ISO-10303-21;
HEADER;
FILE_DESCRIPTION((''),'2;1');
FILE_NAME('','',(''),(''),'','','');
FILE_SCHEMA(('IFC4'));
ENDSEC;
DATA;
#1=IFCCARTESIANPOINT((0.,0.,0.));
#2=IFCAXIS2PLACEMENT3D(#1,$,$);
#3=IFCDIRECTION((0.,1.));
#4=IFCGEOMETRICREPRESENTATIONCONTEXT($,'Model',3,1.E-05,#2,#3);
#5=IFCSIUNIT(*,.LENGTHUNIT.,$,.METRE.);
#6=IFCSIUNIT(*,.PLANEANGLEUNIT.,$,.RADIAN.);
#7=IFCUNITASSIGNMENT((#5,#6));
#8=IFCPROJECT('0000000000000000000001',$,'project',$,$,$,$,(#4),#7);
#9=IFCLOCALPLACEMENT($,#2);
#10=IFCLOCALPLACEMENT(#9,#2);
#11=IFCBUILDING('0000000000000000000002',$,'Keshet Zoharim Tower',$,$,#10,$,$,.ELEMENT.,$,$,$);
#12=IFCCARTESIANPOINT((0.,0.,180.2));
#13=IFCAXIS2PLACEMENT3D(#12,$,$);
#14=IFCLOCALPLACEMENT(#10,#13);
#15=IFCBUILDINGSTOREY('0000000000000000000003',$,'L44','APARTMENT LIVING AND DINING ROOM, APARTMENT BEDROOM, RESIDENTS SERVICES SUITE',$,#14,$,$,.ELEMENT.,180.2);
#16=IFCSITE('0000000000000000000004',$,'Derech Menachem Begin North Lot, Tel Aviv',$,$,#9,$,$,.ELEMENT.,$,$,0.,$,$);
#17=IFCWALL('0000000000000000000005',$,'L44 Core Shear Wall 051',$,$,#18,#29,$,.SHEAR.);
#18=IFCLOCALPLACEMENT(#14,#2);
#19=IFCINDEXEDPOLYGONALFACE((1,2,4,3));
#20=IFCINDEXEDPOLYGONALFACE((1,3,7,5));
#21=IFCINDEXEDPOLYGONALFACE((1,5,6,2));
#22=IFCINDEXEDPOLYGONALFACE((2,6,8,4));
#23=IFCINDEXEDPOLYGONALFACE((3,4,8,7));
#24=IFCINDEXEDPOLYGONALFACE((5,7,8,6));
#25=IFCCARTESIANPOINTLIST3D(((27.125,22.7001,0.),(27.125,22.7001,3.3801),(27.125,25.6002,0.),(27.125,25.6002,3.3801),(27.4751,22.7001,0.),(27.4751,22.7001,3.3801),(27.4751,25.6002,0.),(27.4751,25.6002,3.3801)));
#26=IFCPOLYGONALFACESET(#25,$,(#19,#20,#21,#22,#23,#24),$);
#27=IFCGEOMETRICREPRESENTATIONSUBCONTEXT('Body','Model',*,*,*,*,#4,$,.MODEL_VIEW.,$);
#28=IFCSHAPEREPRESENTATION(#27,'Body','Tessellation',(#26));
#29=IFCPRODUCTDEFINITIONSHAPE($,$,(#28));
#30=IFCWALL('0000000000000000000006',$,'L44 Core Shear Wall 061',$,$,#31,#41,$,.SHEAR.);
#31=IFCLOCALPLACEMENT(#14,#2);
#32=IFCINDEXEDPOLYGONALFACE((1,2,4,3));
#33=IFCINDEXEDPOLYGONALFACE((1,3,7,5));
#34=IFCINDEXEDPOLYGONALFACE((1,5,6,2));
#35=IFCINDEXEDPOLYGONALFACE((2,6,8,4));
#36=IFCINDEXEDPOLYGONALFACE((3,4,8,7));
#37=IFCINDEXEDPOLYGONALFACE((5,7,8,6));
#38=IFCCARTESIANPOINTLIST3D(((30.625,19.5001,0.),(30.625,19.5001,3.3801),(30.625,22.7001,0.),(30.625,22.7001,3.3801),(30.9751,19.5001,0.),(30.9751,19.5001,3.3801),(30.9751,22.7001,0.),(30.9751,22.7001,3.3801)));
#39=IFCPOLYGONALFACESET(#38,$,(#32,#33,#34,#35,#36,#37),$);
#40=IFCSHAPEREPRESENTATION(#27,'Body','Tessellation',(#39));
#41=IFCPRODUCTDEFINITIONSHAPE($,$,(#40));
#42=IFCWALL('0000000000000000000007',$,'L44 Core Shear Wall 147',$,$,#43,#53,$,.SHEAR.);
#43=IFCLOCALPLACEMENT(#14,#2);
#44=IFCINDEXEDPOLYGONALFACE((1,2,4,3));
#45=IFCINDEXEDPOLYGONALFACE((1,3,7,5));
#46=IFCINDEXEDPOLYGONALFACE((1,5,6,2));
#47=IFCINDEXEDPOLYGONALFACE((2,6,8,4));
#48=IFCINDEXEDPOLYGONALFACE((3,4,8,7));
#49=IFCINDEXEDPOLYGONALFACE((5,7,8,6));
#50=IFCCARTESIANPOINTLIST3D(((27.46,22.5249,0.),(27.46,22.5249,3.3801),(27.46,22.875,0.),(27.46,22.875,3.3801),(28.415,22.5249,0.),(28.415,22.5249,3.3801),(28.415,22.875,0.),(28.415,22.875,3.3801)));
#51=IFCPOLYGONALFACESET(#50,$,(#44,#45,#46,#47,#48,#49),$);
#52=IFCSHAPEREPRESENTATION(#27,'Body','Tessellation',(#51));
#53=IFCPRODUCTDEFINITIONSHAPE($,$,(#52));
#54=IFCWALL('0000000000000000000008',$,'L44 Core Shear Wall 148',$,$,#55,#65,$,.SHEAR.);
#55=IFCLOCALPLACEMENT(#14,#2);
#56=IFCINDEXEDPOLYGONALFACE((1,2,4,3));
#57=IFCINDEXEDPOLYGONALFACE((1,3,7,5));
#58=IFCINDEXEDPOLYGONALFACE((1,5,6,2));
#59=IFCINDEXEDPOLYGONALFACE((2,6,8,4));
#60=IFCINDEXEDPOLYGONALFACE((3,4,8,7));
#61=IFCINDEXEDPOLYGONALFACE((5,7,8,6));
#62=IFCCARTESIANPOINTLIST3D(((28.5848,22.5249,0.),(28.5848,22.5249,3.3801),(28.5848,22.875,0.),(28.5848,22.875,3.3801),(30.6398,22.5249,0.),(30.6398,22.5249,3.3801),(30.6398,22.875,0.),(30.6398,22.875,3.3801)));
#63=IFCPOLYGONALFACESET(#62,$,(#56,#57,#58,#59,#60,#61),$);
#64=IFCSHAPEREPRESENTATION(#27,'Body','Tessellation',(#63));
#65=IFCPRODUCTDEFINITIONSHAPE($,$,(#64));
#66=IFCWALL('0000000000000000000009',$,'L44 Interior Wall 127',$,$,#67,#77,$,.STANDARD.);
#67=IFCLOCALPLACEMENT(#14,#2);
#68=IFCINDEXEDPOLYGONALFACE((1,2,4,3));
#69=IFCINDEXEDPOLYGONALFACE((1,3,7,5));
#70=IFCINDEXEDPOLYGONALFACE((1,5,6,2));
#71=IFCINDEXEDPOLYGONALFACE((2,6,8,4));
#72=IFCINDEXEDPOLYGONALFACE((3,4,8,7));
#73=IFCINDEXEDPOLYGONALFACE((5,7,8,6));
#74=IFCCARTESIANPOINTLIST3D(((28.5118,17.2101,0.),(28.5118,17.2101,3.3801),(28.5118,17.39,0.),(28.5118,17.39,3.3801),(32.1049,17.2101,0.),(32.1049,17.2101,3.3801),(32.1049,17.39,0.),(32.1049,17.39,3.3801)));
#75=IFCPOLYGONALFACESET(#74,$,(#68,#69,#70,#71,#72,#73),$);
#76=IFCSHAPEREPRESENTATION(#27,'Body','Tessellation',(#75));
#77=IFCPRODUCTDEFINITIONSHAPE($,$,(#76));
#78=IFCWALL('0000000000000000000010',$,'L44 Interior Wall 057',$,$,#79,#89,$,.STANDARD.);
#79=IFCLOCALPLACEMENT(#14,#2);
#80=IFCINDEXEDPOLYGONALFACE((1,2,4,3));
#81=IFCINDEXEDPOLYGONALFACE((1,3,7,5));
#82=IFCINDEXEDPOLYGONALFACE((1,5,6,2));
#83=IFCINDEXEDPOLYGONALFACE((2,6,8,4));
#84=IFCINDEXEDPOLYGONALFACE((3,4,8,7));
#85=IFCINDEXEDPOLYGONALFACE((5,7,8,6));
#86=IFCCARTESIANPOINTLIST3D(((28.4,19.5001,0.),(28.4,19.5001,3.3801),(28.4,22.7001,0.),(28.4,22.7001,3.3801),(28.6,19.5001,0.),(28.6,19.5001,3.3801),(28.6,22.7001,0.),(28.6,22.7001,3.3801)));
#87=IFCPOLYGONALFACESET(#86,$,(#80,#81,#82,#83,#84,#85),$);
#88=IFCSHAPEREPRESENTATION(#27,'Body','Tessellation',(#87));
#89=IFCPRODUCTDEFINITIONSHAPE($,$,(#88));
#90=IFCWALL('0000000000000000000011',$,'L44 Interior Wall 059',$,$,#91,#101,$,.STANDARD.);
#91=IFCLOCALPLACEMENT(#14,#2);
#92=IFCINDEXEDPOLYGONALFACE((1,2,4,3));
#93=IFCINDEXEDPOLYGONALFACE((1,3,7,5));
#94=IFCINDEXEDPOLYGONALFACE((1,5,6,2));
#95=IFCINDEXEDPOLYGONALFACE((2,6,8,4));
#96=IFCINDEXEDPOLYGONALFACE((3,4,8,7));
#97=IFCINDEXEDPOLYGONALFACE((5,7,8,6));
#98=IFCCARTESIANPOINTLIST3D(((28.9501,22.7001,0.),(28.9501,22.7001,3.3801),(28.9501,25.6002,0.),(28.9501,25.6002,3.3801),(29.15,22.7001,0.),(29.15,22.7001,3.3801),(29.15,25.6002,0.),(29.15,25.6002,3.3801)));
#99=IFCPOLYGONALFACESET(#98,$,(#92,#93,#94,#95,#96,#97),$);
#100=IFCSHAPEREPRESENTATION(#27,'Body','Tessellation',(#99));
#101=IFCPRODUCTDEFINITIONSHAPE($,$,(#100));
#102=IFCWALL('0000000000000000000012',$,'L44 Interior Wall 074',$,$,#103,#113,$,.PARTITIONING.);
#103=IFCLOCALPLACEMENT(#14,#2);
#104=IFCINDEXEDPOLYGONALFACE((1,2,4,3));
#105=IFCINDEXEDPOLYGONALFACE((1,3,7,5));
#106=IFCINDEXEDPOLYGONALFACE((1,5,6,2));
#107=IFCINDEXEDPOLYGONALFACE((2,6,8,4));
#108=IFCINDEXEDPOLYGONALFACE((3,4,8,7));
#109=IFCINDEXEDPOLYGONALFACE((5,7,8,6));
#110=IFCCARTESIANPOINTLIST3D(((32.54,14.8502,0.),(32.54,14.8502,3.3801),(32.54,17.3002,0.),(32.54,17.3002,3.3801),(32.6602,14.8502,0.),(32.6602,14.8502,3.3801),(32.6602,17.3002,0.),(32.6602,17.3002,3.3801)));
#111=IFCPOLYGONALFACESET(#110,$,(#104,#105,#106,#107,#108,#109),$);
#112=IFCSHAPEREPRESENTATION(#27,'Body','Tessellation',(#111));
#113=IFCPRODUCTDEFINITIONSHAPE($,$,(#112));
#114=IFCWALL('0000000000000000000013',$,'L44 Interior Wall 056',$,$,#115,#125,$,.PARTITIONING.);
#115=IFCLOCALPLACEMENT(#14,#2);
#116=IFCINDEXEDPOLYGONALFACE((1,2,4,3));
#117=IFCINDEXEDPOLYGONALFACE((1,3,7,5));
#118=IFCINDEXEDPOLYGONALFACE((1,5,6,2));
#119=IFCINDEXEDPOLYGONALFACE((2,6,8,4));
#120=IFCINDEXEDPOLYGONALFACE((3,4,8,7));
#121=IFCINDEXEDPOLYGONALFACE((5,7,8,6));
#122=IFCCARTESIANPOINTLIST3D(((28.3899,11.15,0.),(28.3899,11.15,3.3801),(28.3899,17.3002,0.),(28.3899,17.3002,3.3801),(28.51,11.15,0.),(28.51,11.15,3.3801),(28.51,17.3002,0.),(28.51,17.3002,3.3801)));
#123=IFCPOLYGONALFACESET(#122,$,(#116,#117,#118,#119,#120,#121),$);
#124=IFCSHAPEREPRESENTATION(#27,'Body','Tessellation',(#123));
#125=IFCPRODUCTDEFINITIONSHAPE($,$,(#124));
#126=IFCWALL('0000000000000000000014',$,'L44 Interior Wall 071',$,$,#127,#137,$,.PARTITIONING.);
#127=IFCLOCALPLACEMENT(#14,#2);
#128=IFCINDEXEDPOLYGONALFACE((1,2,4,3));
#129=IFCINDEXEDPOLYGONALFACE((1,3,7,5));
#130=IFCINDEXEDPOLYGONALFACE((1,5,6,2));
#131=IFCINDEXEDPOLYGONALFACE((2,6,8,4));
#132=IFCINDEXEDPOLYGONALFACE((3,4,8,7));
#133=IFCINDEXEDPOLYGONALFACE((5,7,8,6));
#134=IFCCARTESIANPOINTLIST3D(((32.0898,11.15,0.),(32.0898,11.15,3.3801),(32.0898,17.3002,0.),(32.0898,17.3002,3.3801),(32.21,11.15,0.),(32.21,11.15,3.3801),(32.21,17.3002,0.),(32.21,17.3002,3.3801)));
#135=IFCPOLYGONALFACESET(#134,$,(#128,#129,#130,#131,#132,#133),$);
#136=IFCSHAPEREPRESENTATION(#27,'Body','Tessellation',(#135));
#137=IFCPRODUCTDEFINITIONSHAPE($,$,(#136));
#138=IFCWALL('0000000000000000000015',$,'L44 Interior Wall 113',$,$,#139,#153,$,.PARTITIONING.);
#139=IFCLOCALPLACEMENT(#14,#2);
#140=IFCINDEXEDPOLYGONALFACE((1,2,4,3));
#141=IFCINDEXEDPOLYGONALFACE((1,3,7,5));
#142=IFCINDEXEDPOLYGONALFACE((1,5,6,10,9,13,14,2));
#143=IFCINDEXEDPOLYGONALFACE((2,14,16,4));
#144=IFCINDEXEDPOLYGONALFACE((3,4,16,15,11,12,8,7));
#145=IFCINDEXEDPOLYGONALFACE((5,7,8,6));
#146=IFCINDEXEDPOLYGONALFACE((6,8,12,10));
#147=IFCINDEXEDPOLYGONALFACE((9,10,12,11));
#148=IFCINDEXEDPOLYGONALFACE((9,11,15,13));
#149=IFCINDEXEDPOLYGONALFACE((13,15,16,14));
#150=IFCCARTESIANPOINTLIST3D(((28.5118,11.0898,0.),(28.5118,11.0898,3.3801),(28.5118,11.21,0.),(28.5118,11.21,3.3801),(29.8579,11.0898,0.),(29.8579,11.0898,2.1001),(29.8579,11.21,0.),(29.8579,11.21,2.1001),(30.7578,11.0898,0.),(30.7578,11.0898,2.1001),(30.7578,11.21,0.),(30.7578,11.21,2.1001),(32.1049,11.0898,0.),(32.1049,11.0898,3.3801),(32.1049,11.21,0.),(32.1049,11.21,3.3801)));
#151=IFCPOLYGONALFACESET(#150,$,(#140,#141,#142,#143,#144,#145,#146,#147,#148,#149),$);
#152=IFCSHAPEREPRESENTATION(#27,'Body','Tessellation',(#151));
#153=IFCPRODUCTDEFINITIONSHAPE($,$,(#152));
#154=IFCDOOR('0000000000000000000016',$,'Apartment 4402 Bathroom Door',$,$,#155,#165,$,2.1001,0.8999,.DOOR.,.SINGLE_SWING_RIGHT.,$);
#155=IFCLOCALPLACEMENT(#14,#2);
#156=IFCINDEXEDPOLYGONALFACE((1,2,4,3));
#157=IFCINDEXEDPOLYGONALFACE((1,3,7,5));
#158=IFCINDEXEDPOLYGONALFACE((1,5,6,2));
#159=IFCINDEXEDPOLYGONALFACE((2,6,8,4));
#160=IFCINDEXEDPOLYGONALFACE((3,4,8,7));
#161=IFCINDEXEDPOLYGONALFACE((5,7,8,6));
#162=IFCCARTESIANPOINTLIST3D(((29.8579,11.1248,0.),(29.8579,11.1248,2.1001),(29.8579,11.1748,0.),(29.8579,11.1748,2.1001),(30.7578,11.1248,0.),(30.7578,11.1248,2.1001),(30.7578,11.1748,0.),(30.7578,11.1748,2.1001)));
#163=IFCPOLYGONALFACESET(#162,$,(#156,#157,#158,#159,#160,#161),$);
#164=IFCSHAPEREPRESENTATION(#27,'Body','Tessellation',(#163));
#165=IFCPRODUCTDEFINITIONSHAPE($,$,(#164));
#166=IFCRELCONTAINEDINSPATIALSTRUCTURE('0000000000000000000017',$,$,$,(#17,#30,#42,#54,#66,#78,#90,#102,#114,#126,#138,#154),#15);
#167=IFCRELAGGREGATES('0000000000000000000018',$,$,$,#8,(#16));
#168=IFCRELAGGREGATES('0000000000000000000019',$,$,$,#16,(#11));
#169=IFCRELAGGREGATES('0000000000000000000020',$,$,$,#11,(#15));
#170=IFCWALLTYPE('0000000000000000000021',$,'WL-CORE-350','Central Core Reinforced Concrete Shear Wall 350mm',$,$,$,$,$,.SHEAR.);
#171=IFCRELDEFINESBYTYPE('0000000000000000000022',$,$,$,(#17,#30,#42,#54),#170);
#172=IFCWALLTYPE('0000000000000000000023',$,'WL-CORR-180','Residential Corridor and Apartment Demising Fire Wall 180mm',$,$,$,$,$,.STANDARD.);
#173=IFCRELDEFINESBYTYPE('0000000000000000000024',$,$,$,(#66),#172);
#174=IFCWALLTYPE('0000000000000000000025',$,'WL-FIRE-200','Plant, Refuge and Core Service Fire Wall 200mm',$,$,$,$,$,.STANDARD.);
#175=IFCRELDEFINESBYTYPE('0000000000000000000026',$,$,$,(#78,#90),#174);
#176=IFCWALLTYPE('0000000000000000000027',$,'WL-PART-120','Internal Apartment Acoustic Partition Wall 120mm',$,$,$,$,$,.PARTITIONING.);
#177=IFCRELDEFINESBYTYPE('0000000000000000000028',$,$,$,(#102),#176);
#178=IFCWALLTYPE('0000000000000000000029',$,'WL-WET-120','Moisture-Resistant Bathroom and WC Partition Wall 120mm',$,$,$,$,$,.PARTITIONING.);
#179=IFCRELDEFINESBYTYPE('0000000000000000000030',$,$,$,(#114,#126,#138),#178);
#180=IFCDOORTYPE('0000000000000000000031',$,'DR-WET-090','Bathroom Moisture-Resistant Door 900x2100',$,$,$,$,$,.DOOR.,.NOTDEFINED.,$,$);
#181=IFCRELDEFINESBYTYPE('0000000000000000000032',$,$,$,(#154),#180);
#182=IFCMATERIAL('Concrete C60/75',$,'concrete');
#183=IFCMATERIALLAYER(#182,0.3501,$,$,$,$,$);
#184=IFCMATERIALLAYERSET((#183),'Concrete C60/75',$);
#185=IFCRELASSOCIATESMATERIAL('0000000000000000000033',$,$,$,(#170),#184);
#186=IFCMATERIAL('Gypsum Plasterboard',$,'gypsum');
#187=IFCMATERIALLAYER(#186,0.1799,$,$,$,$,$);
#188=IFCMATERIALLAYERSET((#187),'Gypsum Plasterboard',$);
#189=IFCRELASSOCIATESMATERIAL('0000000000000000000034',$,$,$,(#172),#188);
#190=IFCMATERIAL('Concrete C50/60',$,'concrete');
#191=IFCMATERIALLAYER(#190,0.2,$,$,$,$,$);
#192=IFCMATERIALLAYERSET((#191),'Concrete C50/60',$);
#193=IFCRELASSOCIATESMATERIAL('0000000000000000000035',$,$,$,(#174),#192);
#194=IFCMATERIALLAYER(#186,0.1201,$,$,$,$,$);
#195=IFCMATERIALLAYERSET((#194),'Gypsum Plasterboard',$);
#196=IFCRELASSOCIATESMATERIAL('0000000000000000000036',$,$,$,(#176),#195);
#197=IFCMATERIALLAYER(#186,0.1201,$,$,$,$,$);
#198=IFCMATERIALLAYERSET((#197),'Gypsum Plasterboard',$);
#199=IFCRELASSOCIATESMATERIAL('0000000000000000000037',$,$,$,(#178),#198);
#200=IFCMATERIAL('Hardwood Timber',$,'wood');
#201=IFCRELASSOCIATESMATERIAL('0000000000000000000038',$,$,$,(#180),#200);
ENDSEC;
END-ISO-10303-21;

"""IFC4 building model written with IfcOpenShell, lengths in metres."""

from ifc_helpers import new_model, si_unit, direction, frame, frame_2d, origin, place, context, subcontext, project, spatial, rectangle, extrude, material, layer, layer_set, type_object, element, fill, save


model = new_model("IFC4")

# Units and contexts
model_context = context("Model", 3, precision=1e-05, world=origin(), true_north=direction((0.0, 1.0)))
body_context = subcontext(model_context, "Body", "Model", "MODEL_VIEW")
ifc_project = project(units=[si_unit("LENGTHUNIT", "METRE"), si_unit("PLANEANGLEUNIT", "RADIAN")], contexts=[model_context])

# Site, building, storey
site_placement = place(None, origin())
site = spatial("IfcSite", under=ifc_project, at=site_placement, Name="Derech Menachem Begin North Lot, Tel Aviv", CompositionType="ELEMENT", RefElevation=0.0)
building_placement = place(site_placement, origin())
building = spatial("IfcBuilding", under=site, at=building_placement, Name="Keshet Zoharim Tower", CompositionType="ELEMENT")
storey_placement = place(building_placement, frame((0.0, 0.0, 180.2)))
storey = spatial("IfcBuildingStorey", under=building, at=storey_placement, Name="L44", Description="APARTMENT LIVING AND DINING ROOM, APARTMENT BEDROOM, RESIDENTS SERVICES SUITE", CompositionType="ELEMENT", Elevation=180.2)

# Walls
ifc_material_1 = material(Name="Concrete C60/75", Category="concrete")
ifc_layer_1 = layer(ifc_material_1, 0.3501)
ifc_layer_set_1 = layer_set([ifc_layer_1], Name="Concrete C60/75")
wall_type_1 = type_object("IfcWallType", Name="WL-CORE-350", Description="Central Core Reinforced Concrete Shear Wall 350mm", PredefinedType="SHEAR", material=ifc_layer_set_1)
wall_1_placement = place(storey_placement, frame((27.3, 22.7, 0.0), z_axis=(0.0, 0.0, 1.0), x_axis=(0.0, 1.0, 0.0)))
element("IfcWall", 1, at=wall_1_placement, inside=storey, type_object=wall_type_1, Name="L44 Core Shear Wall 051", PredefinedType="SHEAR", context=body_context, shape_type="SweptSolid", body=[
    extrude(rectangle(XDim=2.9001, YDim=0.3501, at=frame_2d((1.4502, 0.0))), origin(), (0.0, 0.0, 1.0), 3.3801),
])
wall_2_placement = place(storey_placement, frame((30.8, 19.5, 0.0), z_axis=(0.0, 0.0, 1.0), x_axis=(0.0, 1.0, 0.0)))
element("IfcWall", 2, at=wall_2_placement, inside=storey, type_object=wall_type_1, Name="L44 Core Shear Wall 061", PredefinedType="SHEAR", context=body_context, shape_type="SweptSolid", body=[
    extrude(rectangle(XDim=3.2, YDim=0.3501, at=frame_2d((1.6001, 0.0))), origin(), (0.0, 0.0, 1.0), 3.3801),
])
wall_3_placement = place(storey_placement, frame((27.46, 22.7, 0.0), z_axis=(0.0, 0.0, 1.0), x_axis=(1.0, 0.0, 0.0)))
element("IfcWall", 3, at=wall_3_placement, inside=storey, type_object=wall_type_1, Name="L44 Core Shear Wall 147", PredefinedType="SHEAR", context=body_context, shape_type="SweptSolid", body=[
    extrude(rectangle(XDim=0.9551, YDim=0.3501, at=frame_2d((0.4775, 0.0))), origin(), (0.0, 0.0, 1.0), 3.3801),
])
wall_4_placement = place(storey_placement, frame((28.585, 22.7, 0.0), z_axis=(0.0, 0.0, 1.0), x_axis=(1.0, 0.0, 0.0)))
element("IfcWall", 4, at=wall_4_placement, inside=storey, type_object=wall_type_1, Name="L44 Core Shear Wall 148", PredefinedType="SHEAR", context=body_context, shape_type="SweptSolid", body=[
    extrude(rectangle(XDim=2.0549, YDim=0.3501, at=frame_2d((1.0273, 0.0))), origin(), (0.0, 0.0, 1.0), 3.3801),
])
ifc_material_2 = material(Name="Gypsum Plasterboard", Category="gypsum")
ifc_layer_2 = layer(ifc_material_2, 0.1799)
ifc_layer_set_2 = layer_set([ifc_layer_2], Name="Gypsum Plasterboard")
wall_type_2 = type_object("IfcWallType", Name="WL-CORR-180", Description="Residential Corridor and Apartment Demising Fire Wall 180mm", PredefinedType="STANDARD", material=ifc_layer_set_2)
wall_5_placement = place(storey_placement, frame((28.512, 17.3, 0.0), z_axis=(0.0, 0.0, 1.0), x_axis=(1.0, 0.0, 0.0)))
element("IfcWall", 5, at=wall_5_placement, inside=storey, type_object=wall_type_2, Name="L44 Interior Wall 127", PredefinedType="STANDARD", context=body_context, shape_type="SweptSolid", body=[
    extrude(rectangle(XDim=3.593, YDim=0.1799, at=frame_2d((1.7964, 0.0))), origin(), (0.0, 0.0, 1.0), 3.3801),
])

# Shared definitions
ifc_material_3 = material(Name="Hardwood Timber", Category="wood")

# Walls
ifc_material_4 = material(Name="Concrete C50/60", Category="concrete")
ifc_layer_3 = layer(ifc_material_4, 0.2)
ifc_layer_set_3 = layer_set([ifc_layer_3], Name="Concrete C50/60")
wall_type_3 = type_object("IfcWallType", Name="WL-FIRE-200", Description="Plant, Refuge and Core Service Fire Wall 200mm", PredefinedType="STANDARD", material=ifc_layer_set_3)
wall_6_placement = place(storey_placement, frame((28.5, 19.5, 0.0), z_axis=(0.0, 0.0, 1.0), x_axis=(0.0, 1.0, 0.0)))
element("IfcWall", 6, at=wall_6_placement, inside=storey, type_object=wall_type_3, Name="L44 Interior Wall 057", PredefinedType="STANDARD", context=body_context, shape_type="SweptSolid", body=[
    extrude(rectangle(XDim=3.2, YDim=0.2, at=frame_2d((1.6001, 0.0))), origin(), (0.0, 0.0, 1.0), 3.3801),
])
wall_7_placement = place(storey_placement, frame((29.05, 22.7, 0.0), z_axis=(0.0, 0.0, 1.0), x_axis=(0.0, 1.0, 0.0)))
element("IfcWall", 7, at=wall_7_placement, inside=storey, type_object=wall_type_3, Name="L44 Interior Wall 059", PredefinedType="STANDARD", context=body_context, shape_type="SweptSolid", body=[
    extrude(rectangle(XDim=2.9001, YDim=0.2, at=frame_2d((1.4502, 0.0))), origin(), (0.0, 0.0, 1.0), 3.3801),
])

# Wall
ifc_layer_4 = layer(ifc_material_2, 0.1201)
ifc_layer_set_4 = layer_set([ifc_layer_4], Name="Gypsum Plasterboard")
wall_type_4 = type_object("IfcWallType", Name="WL-PART-120", Description="Internal Apartment Acoustic Partition Wall 120mm", PredefinedType="PARTITIONING", material=ifc_layer_set_4)
wall_8_placement = place(storey_placement, frame((32.6001, 14.8501, 0.0), z_axis=(0.0, 0.0, 1.0), x_axis=(0.0, 1.0, 0.0)))
element("IfcWall", 8, at=wall_8_placement, inside=storey, type_object=wall_type_4, Name="L44 Interior Wall 074", PredefinedType="PARTITIONING", context=body_context, shape_type="SweptSolid", body=[
    extrude(rectangle(XDim=2.45, YDim=0.1201, at=frame_2d((1.2251, 0.0))), origin(), (0.0, 0.0, 1.0), 3.3801),
])

# Walls
ifc_layer_5 = layer(ifc_material_2, 0.1201)
ifc_layer_set_5 = layer_set([ifc_layer_5], Name="Gypsum Plasterboard")
wall_type_5 = type_object("IfcWallType", Name="WL-WET-120", Description="Moisture-Resistant Bathroom and WC Partition Wall 120mm", PredefinedType="PARTITIONING", material=ifc_layer_set_5)
for number, where, z_axis, x_axis, name in (
    (9, (28.45, 11.1499, 0.0), (0.0, 0.0, 1.0), (0.0, 1.0, 0.0), "L44 Interior Wall 056"),
    (10, (32.1499, 11.1499, 0.0), (0.0, 0.0, 1.0), (0.0, 1.0, 0.0), "L44 Interior Wall 071"),
):
    element("IfcWall", number, at=place(storey_placement, frame(where, z_axis=z_axis, x_axis=x_axis)), inside=storey, type_object=wall_type_5, Name=name, PredefinedType="PARTITIONING", context=body_context, shape_type="SweptSolid", body=[
        extrude(rectangle(XDim=6.1501, YDim=0.1201, at=frame_2d((3.0752, 0.0))), origin(), (0.0, 0.0, 1.0), 3.3801),
    ])

# Wall, opening, door
wall_9_placement = place(storey_placement, frame((28.512, 11.1499, 0.0), z_axis=(0.0, 0.0, 1.0), x_axis=(1.0, 0.0, 0.0)))
wall_9 = element("IfcWall", 11, at=wall_9_placement, inside=storey, type_object=wall_type_5, Name="L44 Interior Wall 113", PredefinedType="PARTITIONING", context=body_context, shape_type="SweptSolid", body=[
    extrude(rectangle(XDim=3.593, YDim=0.1201, at=frame_2d((1.7964, 0.0))), origin(), (0.0, 0.0, 1.0), 3.3801),
])
opening_1_placement = place(wall_9_placement, frame((1.3459, 0.0, 0.0)))
opening_1 = element("IfcOpeningElement", 12, at=opening_1_placement, cuts=wall_9, PredefinedType="OPENING", context=body_context, shape_type="SweptSolid", body=[
    extrude(rectangle(XDim=0.8999, YDim=2.1001, at=frame_2d((0.45, 1.05))), frame((0.0, 0.0701, 0.0), z_axis=(0.0, -1.0, 0.0), x_axis=(1.0, 0.0, 0.0)), (0.0, 0.0, 1.0), 0.1401),
])
door_type_1 = type_object("IfcDoorType", Name="DR-WET-090", Description="Bathroom Moisture-Resistant Door 900x2100", OperationType="NOTDEFINED", PredefinedType="DOOR", material=ifc_material_3)
door_1_placement = place(opening_1_placement, origin())
door_1 = element("IfcDoor", 13, at=door_1_placement, inside=storey, type_object=door_type_1, Name="Apartment 4402 Bathroom Door", OperationType="SINGLE_SWING_RIGHT", OverallHeight=2.1001, OverallWidth=0.8999, PredefinedType="DOOR", context=body_context, shape_type="SweptSolid", body=[
    extrude(rectangle(XDim=0.8999, YDim=2.1001, at=frame_2d((0.45, 1.05))), frame((0.0, 0.0249, 0.0), z_axis=(0.0, -1.0, 0.0), x_axis=(1.0, 0.0, 0.0)), (0.0, 0.0, 1.0), 0.05),
])
fill(opening_1, door_1)

save(model, "model.ifc")
